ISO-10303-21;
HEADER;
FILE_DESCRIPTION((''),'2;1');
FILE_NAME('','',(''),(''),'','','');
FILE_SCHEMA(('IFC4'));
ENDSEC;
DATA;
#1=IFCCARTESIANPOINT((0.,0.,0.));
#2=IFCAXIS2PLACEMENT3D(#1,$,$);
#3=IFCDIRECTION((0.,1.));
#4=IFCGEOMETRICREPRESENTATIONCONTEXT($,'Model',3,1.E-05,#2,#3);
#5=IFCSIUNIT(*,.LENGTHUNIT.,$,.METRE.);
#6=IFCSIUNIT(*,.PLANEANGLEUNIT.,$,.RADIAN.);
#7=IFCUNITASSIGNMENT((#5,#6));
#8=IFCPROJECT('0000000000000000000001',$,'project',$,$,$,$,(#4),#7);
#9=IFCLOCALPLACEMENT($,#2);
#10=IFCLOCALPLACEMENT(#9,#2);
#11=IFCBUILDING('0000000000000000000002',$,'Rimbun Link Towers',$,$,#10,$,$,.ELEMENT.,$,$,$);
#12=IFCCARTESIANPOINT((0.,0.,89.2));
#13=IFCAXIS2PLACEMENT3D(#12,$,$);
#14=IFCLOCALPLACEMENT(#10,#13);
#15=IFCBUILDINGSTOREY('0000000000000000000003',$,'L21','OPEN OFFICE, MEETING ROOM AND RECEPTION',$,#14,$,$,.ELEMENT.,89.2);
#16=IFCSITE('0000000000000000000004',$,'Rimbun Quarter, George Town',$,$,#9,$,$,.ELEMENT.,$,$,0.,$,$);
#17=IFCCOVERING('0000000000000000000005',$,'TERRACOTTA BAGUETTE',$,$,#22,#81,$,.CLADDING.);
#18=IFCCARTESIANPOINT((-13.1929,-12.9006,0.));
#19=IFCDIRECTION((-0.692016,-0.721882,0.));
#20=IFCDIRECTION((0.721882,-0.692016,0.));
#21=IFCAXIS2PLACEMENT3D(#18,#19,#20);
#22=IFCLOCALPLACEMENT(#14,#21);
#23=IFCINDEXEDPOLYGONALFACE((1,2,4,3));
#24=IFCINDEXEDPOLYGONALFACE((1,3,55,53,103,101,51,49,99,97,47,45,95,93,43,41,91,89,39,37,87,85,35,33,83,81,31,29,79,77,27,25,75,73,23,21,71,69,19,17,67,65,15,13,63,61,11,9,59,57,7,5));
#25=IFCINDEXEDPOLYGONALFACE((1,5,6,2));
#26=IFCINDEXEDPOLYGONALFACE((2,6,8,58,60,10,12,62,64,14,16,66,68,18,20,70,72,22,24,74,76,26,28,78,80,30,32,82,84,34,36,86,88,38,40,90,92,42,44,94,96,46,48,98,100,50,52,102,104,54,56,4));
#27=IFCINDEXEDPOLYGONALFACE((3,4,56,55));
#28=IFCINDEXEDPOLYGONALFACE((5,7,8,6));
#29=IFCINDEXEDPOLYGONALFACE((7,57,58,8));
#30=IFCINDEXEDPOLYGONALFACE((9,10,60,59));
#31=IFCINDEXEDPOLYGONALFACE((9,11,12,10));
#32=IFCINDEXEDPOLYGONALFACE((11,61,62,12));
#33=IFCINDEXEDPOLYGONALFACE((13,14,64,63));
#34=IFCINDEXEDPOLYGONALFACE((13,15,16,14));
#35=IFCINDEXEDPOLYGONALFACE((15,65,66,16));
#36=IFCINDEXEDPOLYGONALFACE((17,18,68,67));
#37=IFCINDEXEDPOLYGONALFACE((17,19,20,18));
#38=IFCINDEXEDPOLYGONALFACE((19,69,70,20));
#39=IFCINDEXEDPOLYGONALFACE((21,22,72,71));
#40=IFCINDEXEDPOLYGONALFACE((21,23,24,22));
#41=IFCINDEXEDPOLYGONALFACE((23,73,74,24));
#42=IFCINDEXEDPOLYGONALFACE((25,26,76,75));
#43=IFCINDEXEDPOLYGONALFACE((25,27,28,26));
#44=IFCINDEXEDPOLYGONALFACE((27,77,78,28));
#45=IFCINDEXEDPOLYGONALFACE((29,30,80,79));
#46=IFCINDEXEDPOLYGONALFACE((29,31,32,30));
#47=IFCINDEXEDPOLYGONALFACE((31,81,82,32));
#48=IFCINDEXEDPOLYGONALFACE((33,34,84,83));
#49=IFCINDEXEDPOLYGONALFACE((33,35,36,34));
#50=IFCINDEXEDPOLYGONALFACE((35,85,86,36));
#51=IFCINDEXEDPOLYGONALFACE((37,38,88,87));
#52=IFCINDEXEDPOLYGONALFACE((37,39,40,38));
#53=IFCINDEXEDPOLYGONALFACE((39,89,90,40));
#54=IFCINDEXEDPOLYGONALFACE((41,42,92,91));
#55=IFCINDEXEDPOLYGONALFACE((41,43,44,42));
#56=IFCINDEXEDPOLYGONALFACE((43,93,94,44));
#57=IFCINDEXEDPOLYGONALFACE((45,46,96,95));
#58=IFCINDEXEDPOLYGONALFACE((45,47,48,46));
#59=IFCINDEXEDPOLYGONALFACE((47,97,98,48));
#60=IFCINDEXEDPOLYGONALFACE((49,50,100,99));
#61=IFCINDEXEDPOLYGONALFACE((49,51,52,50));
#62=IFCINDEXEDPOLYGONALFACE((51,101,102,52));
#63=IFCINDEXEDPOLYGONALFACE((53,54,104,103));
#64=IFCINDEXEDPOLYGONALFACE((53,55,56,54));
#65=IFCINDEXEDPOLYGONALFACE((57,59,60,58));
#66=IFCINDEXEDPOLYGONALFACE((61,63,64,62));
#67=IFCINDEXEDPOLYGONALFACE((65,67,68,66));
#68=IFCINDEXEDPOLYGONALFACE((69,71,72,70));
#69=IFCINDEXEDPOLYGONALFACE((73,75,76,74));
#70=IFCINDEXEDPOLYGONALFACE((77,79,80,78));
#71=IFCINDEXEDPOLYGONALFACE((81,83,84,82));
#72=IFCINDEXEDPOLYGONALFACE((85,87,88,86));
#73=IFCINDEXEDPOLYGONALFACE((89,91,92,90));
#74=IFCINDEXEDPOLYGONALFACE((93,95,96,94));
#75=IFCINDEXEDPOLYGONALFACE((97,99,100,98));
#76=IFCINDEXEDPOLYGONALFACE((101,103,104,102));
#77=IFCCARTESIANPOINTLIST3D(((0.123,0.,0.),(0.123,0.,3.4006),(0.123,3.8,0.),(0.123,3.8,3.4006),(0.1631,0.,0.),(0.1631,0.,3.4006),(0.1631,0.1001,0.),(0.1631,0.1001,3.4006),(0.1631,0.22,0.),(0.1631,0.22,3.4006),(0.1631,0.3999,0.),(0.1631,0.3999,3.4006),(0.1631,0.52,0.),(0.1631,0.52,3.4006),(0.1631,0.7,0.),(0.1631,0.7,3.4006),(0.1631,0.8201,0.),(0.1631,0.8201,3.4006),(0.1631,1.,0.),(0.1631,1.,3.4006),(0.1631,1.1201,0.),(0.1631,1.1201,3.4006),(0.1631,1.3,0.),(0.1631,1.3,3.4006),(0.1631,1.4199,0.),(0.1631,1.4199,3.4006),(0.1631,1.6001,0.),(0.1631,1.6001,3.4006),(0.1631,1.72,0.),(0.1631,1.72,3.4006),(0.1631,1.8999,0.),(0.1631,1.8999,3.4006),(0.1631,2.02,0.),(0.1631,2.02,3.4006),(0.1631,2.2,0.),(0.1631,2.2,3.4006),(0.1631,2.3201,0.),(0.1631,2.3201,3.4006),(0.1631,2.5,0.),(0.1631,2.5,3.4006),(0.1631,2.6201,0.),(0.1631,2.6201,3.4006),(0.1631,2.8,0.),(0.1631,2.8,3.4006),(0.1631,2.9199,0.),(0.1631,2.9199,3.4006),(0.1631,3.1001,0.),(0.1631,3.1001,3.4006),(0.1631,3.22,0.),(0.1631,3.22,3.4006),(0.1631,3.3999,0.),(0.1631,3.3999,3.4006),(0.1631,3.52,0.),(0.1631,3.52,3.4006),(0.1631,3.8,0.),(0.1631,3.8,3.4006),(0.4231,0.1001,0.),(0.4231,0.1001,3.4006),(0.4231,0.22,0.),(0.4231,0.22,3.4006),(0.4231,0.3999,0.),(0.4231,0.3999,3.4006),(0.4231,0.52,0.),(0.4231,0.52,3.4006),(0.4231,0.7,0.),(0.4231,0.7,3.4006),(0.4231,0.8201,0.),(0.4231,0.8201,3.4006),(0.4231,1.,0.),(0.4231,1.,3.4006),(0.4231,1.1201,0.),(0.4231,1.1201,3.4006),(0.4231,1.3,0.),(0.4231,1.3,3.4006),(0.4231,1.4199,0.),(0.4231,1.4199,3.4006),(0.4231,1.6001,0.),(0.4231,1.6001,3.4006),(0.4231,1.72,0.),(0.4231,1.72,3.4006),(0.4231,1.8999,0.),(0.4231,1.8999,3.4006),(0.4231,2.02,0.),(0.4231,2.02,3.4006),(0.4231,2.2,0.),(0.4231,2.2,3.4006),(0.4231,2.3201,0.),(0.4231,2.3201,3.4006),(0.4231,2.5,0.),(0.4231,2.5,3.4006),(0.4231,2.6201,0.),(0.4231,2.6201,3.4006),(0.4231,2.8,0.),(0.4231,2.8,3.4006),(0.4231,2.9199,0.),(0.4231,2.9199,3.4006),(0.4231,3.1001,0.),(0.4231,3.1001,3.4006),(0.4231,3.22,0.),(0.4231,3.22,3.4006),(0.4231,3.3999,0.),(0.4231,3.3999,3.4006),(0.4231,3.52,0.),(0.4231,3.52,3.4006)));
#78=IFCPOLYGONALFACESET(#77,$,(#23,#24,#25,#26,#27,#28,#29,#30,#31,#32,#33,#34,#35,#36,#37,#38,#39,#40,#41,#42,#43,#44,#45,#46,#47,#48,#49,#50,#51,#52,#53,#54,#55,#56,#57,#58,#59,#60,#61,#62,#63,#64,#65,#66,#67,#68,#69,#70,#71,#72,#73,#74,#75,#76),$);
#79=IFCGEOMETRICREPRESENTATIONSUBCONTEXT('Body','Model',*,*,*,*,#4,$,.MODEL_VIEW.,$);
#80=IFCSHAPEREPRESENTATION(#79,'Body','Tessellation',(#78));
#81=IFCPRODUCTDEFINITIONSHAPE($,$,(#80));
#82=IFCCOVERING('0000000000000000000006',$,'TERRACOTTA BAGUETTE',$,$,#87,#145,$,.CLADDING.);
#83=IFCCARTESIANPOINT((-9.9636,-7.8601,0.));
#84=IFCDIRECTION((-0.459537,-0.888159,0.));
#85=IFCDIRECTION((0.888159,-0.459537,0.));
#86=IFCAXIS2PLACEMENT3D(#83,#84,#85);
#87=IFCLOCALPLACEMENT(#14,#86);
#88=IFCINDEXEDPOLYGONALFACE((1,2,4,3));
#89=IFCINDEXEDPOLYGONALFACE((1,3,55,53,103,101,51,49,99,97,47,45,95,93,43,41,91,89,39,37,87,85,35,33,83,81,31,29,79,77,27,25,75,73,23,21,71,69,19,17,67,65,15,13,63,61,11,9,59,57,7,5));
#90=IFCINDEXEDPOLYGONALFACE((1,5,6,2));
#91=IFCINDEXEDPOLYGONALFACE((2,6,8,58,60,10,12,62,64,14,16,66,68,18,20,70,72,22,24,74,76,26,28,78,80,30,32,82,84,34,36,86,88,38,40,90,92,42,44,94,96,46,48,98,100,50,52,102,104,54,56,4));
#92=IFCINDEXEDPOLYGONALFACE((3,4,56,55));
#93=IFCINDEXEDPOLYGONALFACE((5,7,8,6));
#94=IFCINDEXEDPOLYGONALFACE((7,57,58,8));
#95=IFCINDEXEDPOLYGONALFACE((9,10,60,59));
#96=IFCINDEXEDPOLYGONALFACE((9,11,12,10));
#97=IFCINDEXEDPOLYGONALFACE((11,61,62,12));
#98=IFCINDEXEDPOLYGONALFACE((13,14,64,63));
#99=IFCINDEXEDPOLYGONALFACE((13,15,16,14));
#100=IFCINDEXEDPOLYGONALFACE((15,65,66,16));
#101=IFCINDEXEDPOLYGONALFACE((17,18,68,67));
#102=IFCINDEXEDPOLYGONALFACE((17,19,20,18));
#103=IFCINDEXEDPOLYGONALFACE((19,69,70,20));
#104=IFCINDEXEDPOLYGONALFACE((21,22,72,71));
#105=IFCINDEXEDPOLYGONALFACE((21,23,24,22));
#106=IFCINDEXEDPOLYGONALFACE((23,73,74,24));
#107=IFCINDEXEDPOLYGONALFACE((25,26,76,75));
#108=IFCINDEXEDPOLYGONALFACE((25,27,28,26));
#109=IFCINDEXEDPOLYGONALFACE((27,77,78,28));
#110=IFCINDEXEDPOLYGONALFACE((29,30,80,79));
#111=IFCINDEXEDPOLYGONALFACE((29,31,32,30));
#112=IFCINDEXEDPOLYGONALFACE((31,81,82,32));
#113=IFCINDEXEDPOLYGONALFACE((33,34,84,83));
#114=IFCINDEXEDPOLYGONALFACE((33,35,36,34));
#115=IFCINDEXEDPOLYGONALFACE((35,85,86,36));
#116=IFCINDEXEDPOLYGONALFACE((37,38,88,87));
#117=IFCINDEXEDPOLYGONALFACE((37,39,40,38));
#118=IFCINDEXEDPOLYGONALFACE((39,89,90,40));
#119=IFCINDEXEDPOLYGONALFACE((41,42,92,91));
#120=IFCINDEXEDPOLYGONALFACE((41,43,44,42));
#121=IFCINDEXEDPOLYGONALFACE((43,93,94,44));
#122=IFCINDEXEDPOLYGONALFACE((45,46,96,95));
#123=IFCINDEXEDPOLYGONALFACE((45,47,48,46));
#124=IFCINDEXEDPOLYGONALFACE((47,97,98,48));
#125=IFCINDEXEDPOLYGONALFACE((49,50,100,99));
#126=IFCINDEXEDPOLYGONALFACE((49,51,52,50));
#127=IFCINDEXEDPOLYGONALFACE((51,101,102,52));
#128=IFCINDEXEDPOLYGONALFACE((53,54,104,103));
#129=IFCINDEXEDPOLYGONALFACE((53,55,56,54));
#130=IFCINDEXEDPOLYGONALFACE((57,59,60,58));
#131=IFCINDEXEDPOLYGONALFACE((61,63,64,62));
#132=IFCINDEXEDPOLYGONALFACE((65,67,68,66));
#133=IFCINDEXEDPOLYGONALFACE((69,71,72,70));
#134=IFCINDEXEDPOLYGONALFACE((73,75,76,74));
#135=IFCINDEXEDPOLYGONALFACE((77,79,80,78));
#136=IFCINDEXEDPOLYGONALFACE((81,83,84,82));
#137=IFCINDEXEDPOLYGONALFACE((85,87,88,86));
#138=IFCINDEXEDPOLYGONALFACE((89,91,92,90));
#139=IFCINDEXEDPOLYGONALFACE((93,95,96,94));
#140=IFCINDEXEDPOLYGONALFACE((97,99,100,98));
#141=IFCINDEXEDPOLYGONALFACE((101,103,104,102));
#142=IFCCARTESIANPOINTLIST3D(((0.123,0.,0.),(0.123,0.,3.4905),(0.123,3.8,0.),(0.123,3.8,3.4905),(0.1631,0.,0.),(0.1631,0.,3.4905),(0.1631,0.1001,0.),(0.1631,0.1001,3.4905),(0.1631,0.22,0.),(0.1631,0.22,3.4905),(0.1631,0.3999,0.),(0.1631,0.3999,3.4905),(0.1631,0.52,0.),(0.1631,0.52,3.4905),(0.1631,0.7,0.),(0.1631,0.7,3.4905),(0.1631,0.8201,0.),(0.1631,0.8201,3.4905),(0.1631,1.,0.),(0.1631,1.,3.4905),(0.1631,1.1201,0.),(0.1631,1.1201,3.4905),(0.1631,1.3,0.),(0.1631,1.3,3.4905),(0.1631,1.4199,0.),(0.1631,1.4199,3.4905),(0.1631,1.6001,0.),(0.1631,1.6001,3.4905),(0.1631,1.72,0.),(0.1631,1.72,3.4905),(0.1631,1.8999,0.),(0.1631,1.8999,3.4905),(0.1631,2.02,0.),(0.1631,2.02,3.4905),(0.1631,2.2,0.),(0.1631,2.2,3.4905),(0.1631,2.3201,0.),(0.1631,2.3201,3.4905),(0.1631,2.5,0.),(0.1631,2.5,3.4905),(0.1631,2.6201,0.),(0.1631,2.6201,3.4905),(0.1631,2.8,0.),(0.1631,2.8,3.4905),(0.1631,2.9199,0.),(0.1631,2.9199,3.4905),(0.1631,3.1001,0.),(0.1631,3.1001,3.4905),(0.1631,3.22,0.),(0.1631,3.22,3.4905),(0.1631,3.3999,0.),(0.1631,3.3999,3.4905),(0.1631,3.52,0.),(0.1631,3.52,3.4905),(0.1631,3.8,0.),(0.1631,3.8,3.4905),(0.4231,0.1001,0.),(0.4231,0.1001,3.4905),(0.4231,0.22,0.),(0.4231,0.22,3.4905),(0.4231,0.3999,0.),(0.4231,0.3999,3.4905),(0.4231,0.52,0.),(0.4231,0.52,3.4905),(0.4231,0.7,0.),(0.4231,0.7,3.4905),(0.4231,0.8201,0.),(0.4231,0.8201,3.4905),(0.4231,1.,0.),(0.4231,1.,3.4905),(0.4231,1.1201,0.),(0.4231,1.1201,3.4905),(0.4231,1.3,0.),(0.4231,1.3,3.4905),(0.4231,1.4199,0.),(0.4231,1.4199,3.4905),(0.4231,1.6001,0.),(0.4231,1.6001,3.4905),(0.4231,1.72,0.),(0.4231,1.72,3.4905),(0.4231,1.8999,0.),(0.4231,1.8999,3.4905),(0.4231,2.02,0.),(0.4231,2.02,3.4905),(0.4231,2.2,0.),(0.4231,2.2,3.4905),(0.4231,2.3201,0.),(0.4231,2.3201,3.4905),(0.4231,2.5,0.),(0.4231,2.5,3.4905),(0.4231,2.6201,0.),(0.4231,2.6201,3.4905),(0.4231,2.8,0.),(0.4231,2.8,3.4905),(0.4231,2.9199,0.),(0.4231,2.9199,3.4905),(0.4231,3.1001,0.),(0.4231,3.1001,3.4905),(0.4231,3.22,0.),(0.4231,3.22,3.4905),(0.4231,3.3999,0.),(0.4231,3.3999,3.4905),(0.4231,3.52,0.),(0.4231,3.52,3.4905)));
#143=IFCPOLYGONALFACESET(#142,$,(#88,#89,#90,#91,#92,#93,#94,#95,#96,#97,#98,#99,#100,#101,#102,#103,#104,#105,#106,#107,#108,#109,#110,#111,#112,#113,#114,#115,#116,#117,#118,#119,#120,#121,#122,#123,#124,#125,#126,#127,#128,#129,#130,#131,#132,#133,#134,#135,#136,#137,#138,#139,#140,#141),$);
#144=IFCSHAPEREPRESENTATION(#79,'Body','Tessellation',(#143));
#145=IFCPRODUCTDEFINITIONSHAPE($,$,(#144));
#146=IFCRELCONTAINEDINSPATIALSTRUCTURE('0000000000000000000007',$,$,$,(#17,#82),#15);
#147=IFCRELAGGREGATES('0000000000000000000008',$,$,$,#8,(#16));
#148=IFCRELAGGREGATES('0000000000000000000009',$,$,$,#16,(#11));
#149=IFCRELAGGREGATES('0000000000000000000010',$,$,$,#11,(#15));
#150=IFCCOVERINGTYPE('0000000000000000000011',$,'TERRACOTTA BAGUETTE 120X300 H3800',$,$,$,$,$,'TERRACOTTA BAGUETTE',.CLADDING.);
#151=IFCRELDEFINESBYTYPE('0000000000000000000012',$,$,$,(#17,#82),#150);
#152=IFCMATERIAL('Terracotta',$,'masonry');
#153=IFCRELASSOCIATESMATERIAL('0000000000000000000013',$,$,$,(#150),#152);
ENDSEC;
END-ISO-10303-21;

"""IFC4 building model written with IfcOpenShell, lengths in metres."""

from ifc_helpers import new_model, si_unit, direction, frame, origin, place, context, subcontext, project, spatial, polyline, outline, extrude, material, material_profile, profile_set, type_object, element, save


model = new_model("IFC4")

# Units and contexts
model_context = context("Model", 3, precision=1e-05, world=origin(), true_north=direction((0.0, 1.0)))
body_context = subcontext(model_context, "Body", "Model", "MODEL_VIEW")
ifc_project = project(units=[si_unit("LENGTHUNIT", "METRE"), si_unit("PLANEANGLEUNIT", "RADIAN")], contexts=[model_context])

# Site, building, storey
site_placement = place(None, origin())
site = spatial("IfcSite", under=ifc_project, at=site_placement, Name="Rimbun Quarter, George Town", CompositionType="ELEMENT", RefElevation=0.0)
building_placement = place(site_placement, origin())
building = spatial("IfcBuilding", under=site, at=building_placement, Name="Rimbun Link Towers", CompositionType="ELEMENT")
storey_placement = place(building_placement, frame((0.0, 0.0, 89.2)))
storey = spatial("IfcBuildingStorey", under=building, at=storey_placement, Name="L21", Description="OPEN OFFICE, MEETING ROOM AND RECEPTION", CompositionType="ELEMENT", Elevation=89.2)

# Coverings
ifc_material_1 = material(Name="Terracotta", Category="masonry")
ifc_material_profile_1 = material_profile(ifc_material_1, outline(polyline([(0.123, 0.0), (0.1631, 0.0), (0.1631, 0.1001), (0.4231, 0.1001), (0.4231, 0.22), (0.1631, 0.22), (0.1631, 0.3999), (0.4231, 0.3999), (0.4231, 0.52), (0.1631, 0.52), (0.1631, 0.7), (0.4231, 0.7), (0.4231, 0.8201), (0.1631, 0.8201), (0.1631, 1.0), (0.4231, 1.0), (0.4231, 1.1201), (0.1631, 1.1201), (0.1631, 1.3), (0.4231, 1.3), (0.4231, 1.4199), (0.1631, 1.4199), (0.1631, 1.6001), (0.4231, 1.6001), (0.4231, 1.72), (0.1631, 1.72), (0.1631, 1.8999), (0.4231, 1.8999), (0.4231, 2.02), (0.1631, 2.02), (0.1631, 2.2), (0.4231, 2.2), (0.4231, 2.3201), (0.1631, 2.3201), (0.1631, 2.5), (0.4231, 2.5), (0.4231, 2.6201), (0.1631, 2.6201), (0.1631, 2.8), (0.4231, 2.8), (0.4231, 2.9199), (0.1631, 2.9199), (0.1631, 3.1001), (0.4231, 3.1001), (0.4231, 3.22), (0.1631, 3.22), (0.1631, 3.3999), (0.4231, 3.3999), (0.4231, 3.52), (0.1631, 3.52), (0.1631, 3.8), (0.123, 3.8), (0.123, 0.0)])), Name="BAGUETTE 120X300")
ifc_profile_set_1 = profile_set([ifc_material_profile_1], Name="Terracotta")
covering_type = type_object("IfcCoveringType", Name="TERRACOTTA BAGUETTE 120X300 H3800", ElementType="TERRACOTTA BAGUETTE", PredefinedType="CLADDING", material=ifc_profile_set_1)
covering_1_placement = place(storey_placement, frame((-13.1929, -12.9006, 0.0), z_axis=(-0.692016, -0.721882, 0.0), x_axis=(0.721882, -0.692016, 0.0)))
element("IfcCovering", 1, at=covering_1_placement, inside=storey, type_object=covering_type, Name="TERRACOTTA BAGUETTE", PredefinedType="CLADDING", context=body_context, shape_type="SweptSolid", body=[
    extrude(outline(polyline([(0.123, 0.0), (0.1631, 0.0), (0.1631, 0.1001), (0.4231, 0.1001), (0.4231, 0.22), (0.1631, 0.22), (0.1631, 0.3999), (0.4231, 0.3999), (0.4231, 0.52), (0.1631, 0.52), (0.1631, 0.7), (0.4231, 0.7), (0.4231, 0.8201), (0.1631, 0.8201), (0.1631, 1.0), (0.4231, 1.0), (0.4231, 1.1201), (0.1631, 1.1201), (0.1631, 1.3), (0.4231, 1.3), (0.4231, 1.4199), (0.1631, 1.4199), (0.1631, 1.6001), (0.4231, 1.6001), (0.4231, 1.72), (0.1631, 1.72), (0.1631, 1.8999), (0.4231, 1.8999), (0.4231, 2.02), (0.1631, 2.02), (0.1631, 2.2), (0.4231, 2.2), (0.4231, 2.3201), (0.1631, 2.3201), (0.1631, 2.5), (0.4231, 2.5), (0.4231, 2.6201), (0.1631, 2.6201), (0.1631, 2.8), (0.4231, 2.8), (0.4231, 2.9199), (0.1631, 2.9199), (0.1631, 3.1001), (0.4231, 3.1001), (0.4231, 3.22), (0.1631, 3.22), (0.1631, 3.3999), (0.4231, 3.3999), (0.4231, 3.52), (0.1631, 3.52), (0.1631, 3.8), (0.123, 3.8), (0.123, 0.0)])), origin(), (0.0, 0.0, 1.0), 3.4006),
])
covering_2_placement = place(storey_placement, frame((-9.9636, -7.8601, 0.0), z_axis=(-0.459537, -0.888159, 0.0), x_axis=(0.888159, -0.459537, 0.0)))
element("IfcCovering", 2, at=covering_2_placement, inside=storey, type_object=covering_type, Name="TERRACOTTA BAGUETTE", PredefinedType="CLADDING", context=body_context, shape_type="SweptSolid", body=[
    extrude(outline(polyline([(0.123, 0.0), (0.1631, 0.0), (0.1631, 0.1001), (0.4231, 0.1001), (0.4231, 0.22), (0.1631, 0.22), (0.1631, 0.3999), (0.4231, 0.3999), (0.4231, 0.52), (0.1631, 0.52), (0.1631, 0.7), (0.4231, 0.7), (0.4231, 0.8201), (0.1631, 0.8201), (0.1631, 1.0), (0.4231, 1.0), (0.4231, 1.1201), (0.1631, 1.1201), (0.1631, 1.3), (0.4231, 1.3), (0.4231, 1.4199), (0.1631, 1.4199), (0.1631, 1.6001), (0.4231, 1.6001), (0.4231, 1.72), (0.1631, 1.72), (0.1631, 1.8999), (0.4231, 1.8999), (0.4231, 2.02), (0.1631, 2.02), (0.1631, 2.2), (0.4231, 2.2), (0.4231, 2.3201), (0.1631, 2.3201), (0.1631, 2.5), (0.4231, 2.5), (0.4231, 2.6201), (0.1631, 2.6201), (0.1631, 2.8), (0.4231, 2.8), (0.4231, 2.9199), (0.1631, 2.9199), (0.1631, 3.1001), (0.4231, 3.1001), (0.4231, 3.22), (0.1631, 3.22), (0.1631, 3.3999), (0.4231, 3.3999), (0.4231, 3.52), (0.1631, 3.52), (0.1631, 3.8), (0.123, 3.8), (0.123, 0.0)])), origin(), (0.0, 0.0, 1.0), 3.4905),
])

save(model, "model.ifc")
